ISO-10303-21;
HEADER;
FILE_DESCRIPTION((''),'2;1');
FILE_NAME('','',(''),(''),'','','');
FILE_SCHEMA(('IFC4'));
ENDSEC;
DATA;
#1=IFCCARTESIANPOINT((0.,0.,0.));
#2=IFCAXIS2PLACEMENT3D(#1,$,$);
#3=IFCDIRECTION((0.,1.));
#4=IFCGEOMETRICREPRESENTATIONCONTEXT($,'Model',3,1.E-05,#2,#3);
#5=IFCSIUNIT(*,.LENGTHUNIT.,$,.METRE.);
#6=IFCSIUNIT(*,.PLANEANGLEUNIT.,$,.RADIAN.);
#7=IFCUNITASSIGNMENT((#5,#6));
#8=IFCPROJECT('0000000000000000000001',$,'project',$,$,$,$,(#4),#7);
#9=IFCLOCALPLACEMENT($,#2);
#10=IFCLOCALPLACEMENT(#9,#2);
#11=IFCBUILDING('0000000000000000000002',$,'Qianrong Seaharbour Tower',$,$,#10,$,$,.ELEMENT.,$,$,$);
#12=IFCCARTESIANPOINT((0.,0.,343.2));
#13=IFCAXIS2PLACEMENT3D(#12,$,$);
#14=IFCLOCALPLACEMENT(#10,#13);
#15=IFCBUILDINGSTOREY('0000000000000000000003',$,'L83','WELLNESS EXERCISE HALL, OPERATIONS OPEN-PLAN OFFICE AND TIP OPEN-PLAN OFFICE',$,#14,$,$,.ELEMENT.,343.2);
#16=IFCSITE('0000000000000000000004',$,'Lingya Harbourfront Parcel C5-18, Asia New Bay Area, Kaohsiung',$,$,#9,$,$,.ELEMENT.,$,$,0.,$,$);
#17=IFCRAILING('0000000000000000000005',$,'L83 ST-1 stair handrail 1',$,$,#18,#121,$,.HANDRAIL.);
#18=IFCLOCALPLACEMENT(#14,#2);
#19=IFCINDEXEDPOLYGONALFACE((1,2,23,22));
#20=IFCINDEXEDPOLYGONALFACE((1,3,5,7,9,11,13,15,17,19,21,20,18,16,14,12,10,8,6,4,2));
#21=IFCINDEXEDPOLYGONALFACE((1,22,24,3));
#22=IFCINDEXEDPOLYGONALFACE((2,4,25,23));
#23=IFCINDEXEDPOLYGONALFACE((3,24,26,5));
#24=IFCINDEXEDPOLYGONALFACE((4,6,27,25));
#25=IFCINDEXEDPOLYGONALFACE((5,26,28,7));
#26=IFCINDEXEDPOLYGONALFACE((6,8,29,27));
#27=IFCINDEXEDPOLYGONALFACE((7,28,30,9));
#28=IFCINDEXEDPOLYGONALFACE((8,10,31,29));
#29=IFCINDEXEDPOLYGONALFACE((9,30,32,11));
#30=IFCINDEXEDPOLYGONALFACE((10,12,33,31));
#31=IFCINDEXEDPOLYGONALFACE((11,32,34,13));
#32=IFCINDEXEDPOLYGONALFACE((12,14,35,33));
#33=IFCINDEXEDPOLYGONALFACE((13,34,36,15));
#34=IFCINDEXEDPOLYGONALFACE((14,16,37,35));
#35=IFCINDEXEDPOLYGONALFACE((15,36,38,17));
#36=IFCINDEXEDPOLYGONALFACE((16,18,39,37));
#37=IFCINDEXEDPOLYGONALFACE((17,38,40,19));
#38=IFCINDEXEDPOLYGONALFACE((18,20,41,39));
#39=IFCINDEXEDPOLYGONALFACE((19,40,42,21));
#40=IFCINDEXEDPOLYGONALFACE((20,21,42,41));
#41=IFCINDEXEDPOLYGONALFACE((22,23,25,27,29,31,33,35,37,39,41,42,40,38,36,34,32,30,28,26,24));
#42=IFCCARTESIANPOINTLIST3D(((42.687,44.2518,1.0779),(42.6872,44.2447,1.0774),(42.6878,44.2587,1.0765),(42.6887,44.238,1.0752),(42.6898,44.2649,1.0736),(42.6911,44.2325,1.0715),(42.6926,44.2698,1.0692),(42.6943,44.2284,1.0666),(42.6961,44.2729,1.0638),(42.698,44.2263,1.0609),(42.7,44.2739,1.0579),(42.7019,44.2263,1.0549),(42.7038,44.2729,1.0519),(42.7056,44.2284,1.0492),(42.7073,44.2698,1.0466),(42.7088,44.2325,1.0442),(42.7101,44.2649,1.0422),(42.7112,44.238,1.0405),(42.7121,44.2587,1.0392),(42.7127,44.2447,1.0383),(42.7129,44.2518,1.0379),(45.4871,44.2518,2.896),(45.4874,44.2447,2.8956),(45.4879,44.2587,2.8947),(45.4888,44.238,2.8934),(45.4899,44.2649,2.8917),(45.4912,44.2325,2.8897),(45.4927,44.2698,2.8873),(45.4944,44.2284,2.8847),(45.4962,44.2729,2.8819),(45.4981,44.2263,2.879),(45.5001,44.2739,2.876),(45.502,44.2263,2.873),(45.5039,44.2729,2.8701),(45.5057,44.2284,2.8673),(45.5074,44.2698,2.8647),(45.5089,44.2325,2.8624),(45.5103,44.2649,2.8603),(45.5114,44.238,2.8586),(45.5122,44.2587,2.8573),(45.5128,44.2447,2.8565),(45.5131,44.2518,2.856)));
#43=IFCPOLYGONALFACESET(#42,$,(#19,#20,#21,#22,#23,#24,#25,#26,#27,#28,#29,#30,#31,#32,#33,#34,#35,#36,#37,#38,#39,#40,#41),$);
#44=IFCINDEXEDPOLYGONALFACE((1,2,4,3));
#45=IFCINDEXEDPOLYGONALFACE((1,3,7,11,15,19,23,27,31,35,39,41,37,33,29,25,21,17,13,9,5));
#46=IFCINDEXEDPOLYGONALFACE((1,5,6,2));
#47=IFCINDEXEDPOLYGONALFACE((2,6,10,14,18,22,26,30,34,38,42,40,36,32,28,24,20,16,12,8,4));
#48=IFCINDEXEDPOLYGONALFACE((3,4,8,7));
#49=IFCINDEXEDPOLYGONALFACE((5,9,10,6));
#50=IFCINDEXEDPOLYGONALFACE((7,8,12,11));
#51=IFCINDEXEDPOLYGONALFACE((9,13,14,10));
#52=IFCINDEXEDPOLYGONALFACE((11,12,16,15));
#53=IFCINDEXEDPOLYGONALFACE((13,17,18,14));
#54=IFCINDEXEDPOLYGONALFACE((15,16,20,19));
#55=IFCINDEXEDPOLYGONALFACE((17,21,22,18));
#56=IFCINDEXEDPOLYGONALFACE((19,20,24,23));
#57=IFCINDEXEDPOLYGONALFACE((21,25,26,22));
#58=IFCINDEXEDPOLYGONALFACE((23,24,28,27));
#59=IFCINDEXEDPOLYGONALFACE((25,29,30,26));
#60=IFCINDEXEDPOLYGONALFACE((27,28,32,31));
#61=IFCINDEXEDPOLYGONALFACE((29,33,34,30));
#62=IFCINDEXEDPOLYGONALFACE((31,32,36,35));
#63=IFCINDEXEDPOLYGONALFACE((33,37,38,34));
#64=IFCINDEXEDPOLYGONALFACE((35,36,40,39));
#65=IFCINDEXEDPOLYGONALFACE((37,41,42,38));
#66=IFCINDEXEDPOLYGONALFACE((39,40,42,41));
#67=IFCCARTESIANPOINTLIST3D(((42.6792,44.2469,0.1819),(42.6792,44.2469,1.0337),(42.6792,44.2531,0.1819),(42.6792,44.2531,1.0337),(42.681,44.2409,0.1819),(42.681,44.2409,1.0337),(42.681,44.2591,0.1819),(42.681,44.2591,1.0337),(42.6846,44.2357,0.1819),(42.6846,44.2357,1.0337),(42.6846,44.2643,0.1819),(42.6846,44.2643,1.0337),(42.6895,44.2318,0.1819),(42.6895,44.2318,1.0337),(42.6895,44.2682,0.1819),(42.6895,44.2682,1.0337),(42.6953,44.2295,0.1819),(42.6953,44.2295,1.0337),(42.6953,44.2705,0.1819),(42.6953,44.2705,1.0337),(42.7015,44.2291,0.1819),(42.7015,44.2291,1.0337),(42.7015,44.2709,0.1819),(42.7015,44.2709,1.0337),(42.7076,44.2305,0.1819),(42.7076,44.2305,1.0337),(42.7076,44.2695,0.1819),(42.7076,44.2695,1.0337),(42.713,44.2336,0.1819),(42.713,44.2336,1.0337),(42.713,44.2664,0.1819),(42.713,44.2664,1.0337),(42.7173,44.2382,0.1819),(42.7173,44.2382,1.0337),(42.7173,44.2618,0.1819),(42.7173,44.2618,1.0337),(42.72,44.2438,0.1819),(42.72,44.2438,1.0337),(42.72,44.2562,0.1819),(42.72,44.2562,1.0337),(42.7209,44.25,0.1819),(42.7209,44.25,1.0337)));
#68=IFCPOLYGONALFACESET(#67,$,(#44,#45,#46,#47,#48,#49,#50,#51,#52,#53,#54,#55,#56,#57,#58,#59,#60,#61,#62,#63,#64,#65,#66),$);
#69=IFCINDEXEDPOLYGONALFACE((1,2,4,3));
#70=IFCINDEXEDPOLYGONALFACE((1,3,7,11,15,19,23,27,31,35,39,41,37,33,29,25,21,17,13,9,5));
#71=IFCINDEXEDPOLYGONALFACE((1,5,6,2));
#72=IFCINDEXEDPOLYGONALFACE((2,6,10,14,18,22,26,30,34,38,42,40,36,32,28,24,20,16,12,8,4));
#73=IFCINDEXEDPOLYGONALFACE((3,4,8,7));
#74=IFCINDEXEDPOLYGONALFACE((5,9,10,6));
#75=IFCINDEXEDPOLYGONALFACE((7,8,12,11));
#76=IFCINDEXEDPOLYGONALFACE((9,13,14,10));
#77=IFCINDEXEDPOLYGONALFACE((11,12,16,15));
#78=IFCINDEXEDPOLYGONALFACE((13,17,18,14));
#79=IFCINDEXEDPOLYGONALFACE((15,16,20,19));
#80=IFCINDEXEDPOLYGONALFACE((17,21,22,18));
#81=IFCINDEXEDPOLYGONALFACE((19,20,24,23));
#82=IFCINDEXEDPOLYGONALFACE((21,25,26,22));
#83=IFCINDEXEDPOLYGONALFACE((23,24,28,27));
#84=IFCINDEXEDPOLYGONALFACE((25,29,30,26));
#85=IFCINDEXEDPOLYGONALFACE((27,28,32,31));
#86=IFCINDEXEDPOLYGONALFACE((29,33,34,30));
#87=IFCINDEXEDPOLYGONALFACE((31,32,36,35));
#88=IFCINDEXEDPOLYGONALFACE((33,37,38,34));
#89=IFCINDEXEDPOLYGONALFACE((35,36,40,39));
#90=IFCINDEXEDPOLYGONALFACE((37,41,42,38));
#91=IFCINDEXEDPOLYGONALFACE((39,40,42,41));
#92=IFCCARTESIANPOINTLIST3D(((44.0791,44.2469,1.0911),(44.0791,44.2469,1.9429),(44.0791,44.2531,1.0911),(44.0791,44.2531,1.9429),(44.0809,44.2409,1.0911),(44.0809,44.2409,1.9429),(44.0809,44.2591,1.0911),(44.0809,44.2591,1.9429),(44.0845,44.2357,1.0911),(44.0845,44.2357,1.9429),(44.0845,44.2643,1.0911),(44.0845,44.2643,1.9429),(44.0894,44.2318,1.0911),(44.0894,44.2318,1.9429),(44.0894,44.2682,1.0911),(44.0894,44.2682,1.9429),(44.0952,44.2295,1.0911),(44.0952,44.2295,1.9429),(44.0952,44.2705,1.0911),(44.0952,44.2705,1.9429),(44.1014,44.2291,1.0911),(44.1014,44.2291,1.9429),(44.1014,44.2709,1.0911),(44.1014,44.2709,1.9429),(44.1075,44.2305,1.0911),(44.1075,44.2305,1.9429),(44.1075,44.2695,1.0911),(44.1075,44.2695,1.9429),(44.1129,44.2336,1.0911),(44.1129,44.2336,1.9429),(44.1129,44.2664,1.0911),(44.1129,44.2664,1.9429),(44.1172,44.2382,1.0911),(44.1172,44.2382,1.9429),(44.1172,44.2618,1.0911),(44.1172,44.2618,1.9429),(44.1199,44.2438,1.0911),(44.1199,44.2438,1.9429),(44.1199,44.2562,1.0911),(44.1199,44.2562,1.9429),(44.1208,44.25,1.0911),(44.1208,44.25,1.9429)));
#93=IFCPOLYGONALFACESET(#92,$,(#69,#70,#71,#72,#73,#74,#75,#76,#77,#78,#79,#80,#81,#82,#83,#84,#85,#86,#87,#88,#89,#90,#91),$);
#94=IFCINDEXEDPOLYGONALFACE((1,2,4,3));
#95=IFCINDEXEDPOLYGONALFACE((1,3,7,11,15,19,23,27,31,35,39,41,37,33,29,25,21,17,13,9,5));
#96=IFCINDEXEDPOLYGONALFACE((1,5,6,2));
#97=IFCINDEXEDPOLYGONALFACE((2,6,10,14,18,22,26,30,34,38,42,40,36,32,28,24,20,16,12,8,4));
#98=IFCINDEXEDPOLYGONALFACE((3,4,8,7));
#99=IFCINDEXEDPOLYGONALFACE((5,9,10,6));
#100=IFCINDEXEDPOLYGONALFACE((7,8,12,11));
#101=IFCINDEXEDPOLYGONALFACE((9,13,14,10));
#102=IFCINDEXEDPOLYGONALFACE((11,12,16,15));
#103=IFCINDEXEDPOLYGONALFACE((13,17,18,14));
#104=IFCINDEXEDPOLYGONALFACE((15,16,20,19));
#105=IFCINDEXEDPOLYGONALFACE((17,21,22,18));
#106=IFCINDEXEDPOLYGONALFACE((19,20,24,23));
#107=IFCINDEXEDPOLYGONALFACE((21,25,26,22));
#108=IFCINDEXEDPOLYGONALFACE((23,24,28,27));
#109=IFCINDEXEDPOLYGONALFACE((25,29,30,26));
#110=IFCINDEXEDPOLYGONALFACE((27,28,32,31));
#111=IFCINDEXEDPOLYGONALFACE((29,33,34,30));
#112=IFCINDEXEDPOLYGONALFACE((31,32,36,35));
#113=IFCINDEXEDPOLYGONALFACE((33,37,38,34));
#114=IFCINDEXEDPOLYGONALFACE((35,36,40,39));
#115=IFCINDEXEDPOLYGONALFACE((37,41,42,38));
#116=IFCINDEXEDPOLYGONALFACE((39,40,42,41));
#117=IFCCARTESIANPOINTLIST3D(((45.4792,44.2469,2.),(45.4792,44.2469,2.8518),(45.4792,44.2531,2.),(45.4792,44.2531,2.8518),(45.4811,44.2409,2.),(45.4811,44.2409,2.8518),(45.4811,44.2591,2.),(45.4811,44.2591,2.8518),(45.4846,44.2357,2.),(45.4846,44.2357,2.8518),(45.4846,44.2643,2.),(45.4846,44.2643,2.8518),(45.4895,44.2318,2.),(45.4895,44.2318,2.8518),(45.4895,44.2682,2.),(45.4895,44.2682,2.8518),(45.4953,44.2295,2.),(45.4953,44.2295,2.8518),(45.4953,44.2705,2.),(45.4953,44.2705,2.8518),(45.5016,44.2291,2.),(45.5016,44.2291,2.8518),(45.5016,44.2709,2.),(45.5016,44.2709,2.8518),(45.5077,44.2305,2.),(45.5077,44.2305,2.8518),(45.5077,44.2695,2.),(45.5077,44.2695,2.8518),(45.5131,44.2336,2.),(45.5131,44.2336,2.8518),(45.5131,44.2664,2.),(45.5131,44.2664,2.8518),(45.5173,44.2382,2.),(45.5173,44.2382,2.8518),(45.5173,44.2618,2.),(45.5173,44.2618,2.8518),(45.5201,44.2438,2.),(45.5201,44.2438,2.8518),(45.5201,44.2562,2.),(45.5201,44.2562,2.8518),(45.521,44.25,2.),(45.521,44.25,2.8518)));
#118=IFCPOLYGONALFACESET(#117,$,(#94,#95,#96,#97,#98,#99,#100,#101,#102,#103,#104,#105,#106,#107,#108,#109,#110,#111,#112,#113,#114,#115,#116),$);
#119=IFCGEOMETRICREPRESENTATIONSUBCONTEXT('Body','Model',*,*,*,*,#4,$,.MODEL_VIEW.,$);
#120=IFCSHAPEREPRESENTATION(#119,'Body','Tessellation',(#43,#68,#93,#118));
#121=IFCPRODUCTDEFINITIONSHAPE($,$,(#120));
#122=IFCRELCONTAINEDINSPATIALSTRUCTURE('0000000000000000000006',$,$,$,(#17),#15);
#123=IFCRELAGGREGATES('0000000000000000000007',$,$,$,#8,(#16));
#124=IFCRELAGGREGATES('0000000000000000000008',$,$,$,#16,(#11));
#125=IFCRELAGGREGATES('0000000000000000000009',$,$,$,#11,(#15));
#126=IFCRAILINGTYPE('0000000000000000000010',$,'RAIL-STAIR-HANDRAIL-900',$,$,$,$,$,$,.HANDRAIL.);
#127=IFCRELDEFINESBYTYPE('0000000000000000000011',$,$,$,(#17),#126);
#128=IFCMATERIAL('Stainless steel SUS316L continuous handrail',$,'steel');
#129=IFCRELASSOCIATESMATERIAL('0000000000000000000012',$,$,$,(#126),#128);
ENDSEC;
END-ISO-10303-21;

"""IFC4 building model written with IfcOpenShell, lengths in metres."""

from ifc_helpers import new_model, si_unit, direction, frame, origin, origin_2d, place, context, subcontext, project, spatial, circle, extrude, material, type_object, element, save


model = new_model("IFC4")

# Units and contexts
model_context = context("Model", 3, precision=1e-05, world=origin(), true_north=direction((0.0, 1.0)))
body_context = subcontext(model_context, "Body", "Model", "MODEL_VIEW")
ifc_project = project(units=[si_unit("LENGTHUNIT", "METRE"), si_unit("PLANEANGLEUNIT", "RADIAN")], contexts=[model_context])

# Site, building, storey
site_placement = place(None, origin())
site = spatial("IfcSite", under=ifc_project, at=site_placement, Name="Lingya Harbourfront Parcel C5-18, Asia New Bay Area, Kaohsiung", CompositionType="ELEMENT", RefElevation=0.0)
building_placement = place(site_placement, origin())
building = spatial("IfcBuilding", under=site, at=building_placement, Name="Qianrong Seaharbour Tower", CompositionType="ELEMENT")
storey_placement = place(building_placement, frame((0.0, 0.0, 343.2)))
storey = spatial("IfcBuildingStorey", under=building, at=storey_placement, Name="L83", Description="WELLNESS EXERCISE HALL, OPERATIONS OPEN-PLAN OFFICE AND TIP OPEN-PLAN OFFICE", CompositionType="ELEMENT", Elevation=343.2)

# Railing
ifc_material_1 = material(Name="Stainless steel SUS316L continuous handrail", Category="steel")
railing_type_1 = type_object("IfcRailingType", Name="RAIL-STAIR-HANDRAIL-900", PredefinedType="HANDRAIL", material=ifc_material_1)
railing_1_placement = place(storey_placement, frame((42.7, 44.25, 0.1819)))
element("IfcRailing", 1, at=railing_1_placement, inside=storey, type_object=railing_type_1, Name="L83 ST-1 stair handrail 1", PredefinedType="HANDRAIL", context=body_context, shape_type="SweptSolid", body=[
    extrude(circle(Radius=0.0239, at=origin_2d()), frame((0.0, 0.0, 0.876), z_axis=(0.838706, 0.0, 0.544585), x_axis=(0.0, 1.0, 0.0)), (0.0, 0.0, 1.0), 3.3386),
    extrude(circle(Radius=0.021, at=origin_2d()), origin(), (0.0, 0.0, 1.0), 0.8518),
    extrude(circle(Radius=0.021, at=origin_2d()), frame((1.3999, 0.0, 0.9092)), (0.0, 0.0, 1.0), 0.8518),
    extrude(circle(Radius=0.021, at=origin_2d()), frame((2.8, 0.0, 1.8181)), (0.0, 0.0, 1.0), 0.8518),
])

save(model, "model.ifc")
